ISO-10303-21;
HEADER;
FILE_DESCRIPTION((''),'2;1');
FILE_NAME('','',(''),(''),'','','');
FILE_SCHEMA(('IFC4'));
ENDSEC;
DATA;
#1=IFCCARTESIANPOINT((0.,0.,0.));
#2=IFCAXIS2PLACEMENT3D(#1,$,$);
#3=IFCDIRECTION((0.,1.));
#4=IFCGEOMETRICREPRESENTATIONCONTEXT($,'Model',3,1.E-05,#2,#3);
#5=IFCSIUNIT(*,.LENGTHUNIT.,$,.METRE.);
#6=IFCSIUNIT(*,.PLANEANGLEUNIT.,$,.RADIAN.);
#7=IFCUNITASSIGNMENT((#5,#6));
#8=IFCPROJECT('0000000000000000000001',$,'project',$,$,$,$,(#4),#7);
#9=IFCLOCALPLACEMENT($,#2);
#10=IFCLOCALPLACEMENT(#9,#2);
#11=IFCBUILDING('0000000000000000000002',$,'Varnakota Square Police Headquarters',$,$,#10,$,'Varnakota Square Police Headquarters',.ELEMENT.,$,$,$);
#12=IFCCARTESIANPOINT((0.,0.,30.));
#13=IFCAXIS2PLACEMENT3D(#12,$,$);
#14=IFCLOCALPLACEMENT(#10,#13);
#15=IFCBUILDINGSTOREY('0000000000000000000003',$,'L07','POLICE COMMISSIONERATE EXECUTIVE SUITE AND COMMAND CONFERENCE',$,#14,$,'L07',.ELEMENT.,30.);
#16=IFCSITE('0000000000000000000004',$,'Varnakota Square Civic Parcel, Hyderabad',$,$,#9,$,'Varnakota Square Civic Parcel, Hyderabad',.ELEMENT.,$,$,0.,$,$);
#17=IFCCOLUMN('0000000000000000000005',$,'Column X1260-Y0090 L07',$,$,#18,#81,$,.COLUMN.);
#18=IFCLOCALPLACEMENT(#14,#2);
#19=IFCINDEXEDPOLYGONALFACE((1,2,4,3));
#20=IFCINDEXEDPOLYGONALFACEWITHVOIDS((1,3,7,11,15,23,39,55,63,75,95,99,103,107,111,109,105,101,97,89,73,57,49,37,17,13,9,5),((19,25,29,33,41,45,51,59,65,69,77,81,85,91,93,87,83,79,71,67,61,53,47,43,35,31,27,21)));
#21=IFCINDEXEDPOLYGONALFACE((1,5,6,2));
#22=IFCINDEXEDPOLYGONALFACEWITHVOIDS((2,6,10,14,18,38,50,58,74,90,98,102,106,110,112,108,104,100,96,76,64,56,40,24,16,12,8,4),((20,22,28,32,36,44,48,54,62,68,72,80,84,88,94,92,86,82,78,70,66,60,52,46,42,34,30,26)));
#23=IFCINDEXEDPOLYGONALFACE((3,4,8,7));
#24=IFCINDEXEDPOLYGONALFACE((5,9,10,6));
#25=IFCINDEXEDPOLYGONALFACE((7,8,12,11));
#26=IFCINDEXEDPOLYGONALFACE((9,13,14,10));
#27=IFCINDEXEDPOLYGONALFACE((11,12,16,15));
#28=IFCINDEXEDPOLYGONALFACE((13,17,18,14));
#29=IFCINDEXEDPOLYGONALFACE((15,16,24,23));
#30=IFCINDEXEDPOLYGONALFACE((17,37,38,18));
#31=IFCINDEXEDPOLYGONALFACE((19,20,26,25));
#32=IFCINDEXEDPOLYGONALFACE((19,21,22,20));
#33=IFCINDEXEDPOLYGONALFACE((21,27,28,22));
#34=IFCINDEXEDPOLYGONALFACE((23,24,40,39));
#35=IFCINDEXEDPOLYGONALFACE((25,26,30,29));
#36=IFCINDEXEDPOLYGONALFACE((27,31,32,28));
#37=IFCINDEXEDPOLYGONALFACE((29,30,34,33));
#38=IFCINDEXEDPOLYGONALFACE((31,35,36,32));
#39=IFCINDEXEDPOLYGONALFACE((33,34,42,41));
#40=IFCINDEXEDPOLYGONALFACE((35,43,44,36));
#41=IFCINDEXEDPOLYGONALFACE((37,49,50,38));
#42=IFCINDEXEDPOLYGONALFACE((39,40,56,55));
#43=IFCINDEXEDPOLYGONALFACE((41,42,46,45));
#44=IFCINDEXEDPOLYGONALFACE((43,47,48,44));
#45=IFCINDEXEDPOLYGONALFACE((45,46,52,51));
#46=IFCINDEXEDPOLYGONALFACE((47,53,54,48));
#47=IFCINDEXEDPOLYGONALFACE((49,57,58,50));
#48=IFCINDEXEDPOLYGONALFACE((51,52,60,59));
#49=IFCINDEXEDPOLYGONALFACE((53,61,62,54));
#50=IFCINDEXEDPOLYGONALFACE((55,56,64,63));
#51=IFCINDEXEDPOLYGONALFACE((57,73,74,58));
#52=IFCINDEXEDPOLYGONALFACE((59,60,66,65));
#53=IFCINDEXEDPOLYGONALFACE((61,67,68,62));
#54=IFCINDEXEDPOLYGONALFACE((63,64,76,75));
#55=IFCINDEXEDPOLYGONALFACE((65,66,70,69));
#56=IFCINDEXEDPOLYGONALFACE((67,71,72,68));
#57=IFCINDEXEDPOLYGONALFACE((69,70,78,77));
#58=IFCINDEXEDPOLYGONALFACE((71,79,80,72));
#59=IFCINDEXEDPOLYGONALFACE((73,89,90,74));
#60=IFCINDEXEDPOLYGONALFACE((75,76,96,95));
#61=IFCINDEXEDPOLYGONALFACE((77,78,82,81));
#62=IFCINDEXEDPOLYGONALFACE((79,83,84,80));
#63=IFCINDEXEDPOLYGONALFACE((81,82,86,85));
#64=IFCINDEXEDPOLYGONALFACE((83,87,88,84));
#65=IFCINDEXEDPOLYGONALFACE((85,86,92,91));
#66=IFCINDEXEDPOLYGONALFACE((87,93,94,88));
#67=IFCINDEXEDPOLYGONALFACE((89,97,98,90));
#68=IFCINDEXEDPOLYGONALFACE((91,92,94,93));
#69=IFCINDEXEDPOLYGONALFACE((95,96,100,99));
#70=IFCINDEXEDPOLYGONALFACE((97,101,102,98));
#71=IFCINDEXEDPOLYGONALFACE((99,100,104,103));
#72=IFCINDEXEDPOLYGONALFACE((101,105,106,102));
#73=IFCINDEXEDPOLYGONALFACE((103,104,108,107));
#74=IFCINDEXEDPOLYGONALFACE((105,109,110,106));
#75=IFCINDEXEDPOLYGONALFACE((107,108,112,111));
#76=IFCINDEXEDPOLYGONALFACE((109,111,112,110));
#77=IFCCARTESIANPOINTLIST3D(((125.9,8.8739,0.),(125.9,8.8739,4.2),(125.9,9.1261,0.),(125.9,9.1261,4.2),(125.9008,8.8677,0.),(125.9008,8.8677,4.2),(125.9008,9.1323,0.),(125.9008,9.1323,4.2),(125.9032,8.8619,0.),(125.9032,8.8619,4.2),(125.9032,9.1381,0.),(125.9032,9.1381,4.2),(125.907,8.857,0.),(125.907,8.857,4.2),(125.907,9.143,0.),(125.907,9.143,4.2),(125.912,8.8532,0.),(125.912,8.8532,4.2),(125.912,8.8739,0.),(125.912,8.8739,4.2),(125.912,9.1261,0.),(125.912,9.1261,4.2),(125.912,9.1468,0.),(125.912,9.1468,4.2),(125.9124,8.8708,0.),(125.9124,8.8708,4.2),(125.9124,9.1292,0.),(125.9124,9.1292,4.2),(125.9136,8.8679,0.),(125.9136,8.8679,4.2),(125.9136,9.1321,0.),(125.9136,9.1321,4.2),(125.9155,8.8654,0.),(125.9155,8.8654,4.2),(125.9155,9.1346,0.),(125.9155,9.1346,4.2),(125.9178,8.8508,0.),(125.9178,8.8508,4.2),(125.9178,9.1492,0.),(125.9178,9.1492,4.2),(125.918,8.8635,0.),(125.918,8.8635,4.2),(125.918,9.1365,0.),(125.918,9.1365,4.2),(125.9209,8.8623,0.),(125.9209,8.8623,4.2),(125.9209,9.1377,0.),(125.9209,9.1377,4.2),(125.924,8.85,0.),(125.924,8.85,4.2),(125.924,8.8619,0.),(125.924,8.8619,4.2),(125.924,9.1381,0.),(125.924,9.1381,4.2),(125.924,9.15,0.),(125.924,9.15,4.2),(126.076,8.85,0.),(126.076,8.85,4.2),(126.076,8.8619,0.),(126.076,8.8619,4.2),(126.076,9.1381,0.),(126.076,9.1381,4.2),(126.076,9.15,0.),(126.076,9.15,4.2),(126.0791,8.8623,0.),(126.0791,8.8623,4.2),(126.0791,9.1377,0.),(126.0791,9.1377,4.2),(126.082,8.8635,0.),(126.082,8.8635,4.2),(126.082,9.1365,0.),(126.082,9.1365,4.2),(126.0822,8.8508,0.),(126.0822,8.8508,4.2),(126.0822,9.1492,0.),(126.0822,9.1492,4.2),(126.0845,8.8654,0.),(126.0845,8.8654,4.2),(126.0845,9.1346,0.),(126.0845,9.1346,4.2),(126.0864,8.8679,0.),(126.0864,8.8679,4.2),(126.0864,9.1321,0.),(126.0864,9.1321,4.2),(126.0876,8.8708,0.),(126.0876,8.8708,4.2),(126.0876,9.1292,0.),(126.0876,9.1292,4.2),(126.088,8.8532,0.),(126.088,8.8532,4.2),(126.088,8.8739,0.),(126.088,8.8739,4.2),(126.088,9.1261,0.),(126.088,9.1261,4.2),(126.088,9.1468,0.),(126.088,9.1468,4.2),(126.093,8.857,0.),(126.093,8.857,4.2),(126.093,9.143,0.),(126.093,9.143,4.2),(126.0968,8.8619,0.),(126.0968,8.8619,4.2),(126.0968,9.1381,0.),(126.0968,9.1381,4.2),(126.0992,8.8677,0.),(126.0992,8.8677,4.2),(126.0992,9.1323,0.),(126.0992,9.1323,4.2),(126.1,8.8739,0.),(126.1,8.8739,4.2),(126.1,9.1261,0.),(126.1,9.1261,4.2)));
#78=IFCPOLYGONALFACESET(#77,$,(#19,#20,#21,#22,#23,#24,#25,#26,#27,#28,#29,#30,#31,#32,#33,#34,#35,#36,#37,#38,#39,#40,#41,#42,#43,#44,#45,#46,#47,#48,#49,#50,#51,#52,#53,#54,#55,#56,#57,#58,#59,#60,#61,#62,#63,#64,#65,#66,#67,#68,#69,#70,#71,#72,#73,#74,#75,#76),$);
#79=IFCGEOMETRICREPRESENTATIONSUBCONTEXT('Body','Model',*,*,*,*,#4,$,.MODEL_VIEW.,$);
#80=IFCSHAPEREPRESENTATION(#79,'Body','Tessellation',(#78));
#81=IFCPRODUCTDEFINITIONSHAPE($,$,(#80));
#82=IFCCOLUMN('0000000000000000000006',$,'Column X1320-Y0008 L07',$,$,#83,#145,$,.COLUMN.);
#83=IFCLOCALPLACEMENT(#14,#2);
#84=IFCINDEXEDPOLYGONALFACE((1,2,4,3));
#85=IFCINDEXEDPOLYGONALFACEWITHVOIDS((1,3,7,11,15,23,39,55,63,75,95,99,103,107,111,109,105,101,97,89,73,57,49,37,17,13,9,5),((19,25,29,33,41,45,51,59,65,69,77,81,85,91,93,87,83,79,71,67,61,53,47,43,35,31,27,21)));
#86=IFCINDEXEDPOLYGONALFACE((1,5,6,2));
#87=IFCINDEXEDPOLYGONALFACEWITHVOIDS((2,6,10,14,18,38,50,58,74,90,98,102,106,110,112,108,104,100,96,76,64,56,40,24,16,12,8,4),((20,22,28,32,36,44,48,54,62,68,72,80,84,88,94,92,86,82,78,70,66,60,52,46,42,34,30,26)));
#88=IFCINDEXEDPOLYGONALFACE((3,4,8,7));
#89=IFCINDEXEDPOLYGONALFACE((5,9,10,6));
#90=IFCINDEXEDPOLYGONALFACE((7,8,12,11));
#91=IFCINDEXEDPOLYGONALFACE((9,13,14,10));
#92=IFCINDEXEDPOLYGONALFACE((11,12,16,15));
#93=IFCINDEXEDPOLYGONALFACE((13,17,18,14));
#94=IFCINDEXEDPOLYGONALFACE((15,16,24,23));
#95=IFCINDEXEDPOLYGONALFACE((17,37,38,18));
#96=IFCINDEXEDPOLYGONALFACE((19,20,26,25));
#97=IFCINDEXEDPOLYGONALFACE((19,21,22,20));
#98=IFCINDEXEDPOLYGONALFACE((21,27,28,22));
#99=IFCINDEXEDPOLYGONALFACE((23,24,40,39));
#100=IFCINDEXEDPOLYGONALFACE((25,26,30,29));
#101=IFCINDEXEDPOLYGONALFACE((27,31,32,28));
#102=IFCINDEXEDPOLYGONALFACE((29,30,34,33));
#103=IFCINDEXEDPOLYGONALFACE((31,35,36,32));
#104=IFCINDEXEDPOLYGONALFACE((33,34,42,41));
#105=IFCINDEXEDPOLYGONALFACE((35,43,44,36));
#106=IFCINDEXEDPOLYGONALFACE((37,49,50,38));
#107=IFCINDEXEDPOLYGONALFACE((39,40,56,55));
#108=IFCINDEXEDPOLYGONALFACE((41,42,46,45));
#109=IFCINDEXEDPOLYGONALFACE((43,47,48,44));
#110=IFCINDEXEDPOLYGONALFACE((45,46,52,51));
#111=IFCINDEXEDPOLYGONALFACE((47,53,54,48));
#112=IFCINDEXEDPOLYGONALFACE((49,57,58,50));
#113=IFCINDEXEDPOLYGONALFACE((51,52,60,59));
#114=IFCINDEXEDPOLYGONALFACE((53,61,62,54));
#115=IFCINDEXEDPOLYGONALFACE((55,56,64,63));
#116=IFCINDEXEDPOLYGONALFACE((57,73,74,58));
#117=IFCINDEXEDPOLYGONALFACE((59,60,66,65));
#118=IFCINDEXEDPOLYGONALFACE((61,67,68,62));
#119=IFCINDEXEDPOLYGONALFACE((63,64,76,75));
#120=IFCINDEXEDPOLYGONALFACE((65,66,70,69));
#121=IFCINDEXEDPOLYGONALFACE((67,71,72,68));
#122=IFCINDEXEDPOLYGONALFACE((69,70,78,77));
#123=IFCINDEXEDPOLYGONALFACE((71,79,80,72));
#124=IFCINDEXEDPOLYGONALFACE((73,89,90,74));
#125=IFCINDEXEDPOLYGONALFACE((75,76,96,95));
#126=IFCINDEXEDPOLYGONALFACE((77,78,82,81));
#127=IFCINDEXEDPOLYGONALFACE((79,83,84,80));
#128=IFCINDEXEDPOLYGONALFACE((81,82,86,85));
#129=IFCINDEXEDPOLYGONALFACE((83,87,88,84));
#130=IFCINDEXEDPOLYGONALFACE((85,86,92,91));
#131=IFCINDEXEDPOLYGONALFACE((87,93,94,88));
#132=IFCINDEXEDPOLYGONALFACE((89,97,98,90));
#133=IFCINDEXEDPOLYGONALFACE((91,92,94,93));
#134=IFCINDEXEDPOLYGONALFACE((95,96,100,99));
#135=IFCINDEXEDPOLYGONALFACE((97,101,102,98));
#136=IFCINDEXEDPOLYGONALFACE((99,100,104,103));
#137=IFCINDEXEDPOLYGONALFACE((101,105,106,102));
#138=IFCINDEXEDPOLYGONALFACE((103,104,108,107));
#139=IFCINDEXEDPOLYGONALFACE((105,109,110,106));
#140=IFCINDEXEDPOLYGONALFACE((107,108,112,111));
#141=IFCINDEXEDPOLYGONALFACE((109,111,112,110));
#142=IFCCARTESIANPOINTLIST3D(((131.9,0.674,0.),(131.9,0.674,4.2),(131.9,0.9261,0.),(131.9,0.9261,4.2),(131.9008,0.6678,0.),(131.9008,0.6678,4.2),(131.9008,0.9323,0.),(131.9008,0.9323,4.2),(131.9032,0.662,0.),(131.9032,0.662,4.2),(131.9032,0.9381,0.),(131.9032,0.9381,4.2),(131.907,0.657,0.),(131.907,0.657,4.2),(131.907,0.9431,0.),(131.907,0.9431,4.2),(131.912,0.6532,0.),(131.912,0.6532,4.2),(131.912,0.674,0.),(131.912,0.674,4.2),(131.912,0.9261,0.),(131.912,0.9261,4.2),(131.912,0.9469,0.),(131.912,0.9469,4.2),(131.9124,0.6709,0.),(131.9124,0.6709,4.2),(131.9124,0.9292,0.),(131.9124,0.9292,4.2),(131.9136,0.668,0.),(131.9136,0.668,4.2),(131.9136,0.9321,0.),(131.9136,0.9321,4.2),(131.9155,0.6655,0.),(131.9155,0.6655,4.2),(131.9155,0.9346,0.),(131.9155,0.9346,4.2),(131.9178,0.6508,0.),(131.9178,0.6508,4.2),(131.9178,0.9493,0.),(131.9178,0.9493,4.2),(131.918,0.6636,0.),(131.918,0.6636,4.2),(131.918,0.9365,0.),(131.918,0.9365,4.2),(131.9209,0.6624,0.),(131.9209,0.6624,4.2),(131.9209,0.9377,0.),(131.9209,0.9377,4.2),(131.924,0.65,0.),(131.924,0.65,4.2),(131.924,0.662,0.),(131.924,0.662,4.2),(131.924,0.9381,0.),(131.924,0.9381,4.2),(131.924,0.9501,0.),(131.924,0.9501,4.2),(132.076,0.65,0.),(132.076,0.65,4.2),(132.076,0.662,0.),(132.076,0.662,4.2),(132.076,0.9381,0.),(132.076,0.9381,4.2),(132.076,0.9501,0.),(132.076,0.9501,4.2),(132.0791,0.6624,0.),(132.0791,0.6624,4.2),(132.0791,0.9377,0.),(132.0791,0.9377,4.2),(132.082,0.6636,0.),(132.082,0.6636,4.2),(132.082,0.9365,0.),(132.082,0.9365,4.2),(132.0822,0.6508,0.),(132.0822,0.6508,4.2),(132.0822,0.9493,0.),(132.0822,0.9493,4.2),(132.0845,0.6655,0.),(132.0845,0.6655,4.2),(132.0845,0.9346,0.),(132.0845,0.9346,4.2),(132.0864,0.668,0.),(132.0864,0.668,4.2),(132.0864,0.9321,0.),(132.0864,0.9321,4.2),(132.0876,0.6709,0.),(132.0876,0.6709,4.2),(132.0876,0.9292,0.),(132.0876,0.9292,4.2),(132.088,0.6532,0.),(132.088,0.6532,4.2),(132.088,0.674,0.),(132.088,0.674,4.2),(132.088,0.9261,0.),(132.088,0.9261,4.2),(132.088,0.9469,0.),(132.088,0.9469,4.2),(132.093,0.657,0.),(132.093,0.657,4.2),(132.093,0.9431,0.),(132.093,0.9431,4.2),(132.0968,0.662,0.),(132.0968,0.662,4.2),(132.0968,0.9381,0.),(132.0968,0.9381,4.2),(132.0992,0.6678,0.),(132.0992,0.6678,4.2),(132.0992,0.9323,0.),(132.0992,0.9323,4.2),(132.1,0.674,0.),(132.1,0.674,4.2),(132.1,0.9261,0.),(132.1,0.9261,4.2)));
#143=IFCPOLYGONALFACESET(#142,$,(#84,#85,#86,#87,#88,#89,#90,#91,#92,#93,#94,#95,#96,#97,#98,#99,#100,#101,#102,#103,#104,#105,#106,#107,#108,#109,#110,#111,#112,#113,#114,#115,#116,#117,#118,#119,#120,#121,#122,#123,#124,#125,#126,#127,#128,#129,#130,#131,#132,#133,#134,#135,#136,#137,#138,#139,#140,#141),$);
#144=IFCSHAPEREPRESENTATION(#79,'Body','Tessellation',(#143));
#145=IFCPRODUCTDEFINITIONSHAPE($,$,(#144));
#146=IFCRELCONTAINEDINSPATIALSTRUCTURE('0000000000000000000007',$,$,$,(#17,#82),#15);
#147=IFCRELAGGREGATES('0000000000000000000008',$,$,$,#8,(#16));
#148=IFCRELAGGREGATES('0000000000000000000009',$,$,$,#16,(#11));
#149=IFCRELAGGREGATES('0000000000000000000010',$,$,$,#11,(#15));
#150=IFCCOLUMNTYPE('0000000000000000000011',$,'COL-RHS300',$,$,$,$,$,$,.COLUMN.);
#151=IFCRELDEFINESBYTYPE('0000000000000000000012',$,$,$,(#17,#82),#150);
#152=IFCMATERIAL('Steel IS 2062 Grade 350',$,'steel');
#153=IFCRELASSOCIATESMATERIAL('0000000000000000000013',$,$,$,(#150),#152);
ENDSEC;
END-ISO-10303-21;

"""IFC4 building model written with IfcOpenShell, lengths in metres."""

from ifc_helpers import new_model, si_unit, direction, frame, origin, origin_2d, place, context, subcontext, project, spatial, hollow_rectangle, extrude, material, material_profile, profile_set, type_object, element, save


model = new_model("IFC4")

# Units and contexts
model_context = context("Model", 3, precision=1e-05, world=origin(), true_north=direction((0.0, 1.0)))
body_context = subcontext(model_context, "Body", "Model", "MODEL_VIEW")
ifc_project = project(units=[si_unit("LENGTHUNIT", "METRE"), si_unit("PLANEANGLEUNIT", "RADIAN")], contexts=[model_context])

# Site, building, storey
site_placement = place(None, origin())
site = spatial("IfcSite", under=ifc_project, at=site_placement, Name="Varnakota Square Civic Parcel, Hyderabad", LongName="Varnakota Square Civic Parcel, Hyderabad", CompositionType="ELEMENT", RefElevation=0.0)
building_placement = place(site_placement, origin())
building = spatial("IfcBuilding", under=site, at=building_placement, Name="Varnakota Square Police Headquarters", LongName="Varnakota Square Police Headquarters", CompositionType="ELEMENT")
storey_placement = place(building_placement, frame((0.0, 0.0, 30.0)))
storey = spatial("IfcBuildingStorey", under=building, at=storey_placement, Name="L07", Description="POLICE COMMISSIONERATE EXECUTIVE SUITE AND COMMAND CONFERENCE", LongName="L07", CompositionType="ELEMENT", Elevation=30.0)

# Columns
ifc_material_1 = material(Name="Steel IS 2062 Grade 350", Category="steel")
ifc_material_profile_1 = material_profile(ifc_material_1, hollow_rectangle(XDim=0.2, YDim=0.3, WallThickness=0.012, InnerFilletRadius=0.012, OuterFilletRadius=0.0239, at=origin_2d()), Name="RHS 300x200x12")
ifc_profile_set_1 = profile_set([ifc_material_profile_1], Name="Steel IS 2062 Grade 350")
column_type_1 = type_object("IfcColumnType", Name="COL-RHS300", PredefinedType="COLUMN", material=ifc_profile_set_1)
for number, where, z_axis, x_axis, name in (
    (1, (126.0, 9.0, 0.0), (0.0, 0.0, 1.0), (1.0, 0.0, 0.0), "Column X1260-Y0090 L07"),
    (2, (132.0, 0.8, 0.0), (0.0, 0.0, 1.0), (1.0, 0.0, 0.0), "Column X1320-Y0008 L07"),
):
    element("IfcColumn", number, at=place(storey_placement, frame(where, z_axis=z_axis, x_axis=x_axis)), inside=storey, type_object=column_type_1, Name=name, PredefinedType="COLUMN", context=body_context, shape_type="SweptSolid", body=[
        extrude(hollow_rectangle(XDim=0.2, YDim=0.3, WallThickness=0.012, InnerFilletRadius=0.012, OuterFilletRadius=0.0239, at=origin_2d()), origin(), (0.0, 0.0, 1.0), 4.2),
    ])

save(model, "model.ifc")
